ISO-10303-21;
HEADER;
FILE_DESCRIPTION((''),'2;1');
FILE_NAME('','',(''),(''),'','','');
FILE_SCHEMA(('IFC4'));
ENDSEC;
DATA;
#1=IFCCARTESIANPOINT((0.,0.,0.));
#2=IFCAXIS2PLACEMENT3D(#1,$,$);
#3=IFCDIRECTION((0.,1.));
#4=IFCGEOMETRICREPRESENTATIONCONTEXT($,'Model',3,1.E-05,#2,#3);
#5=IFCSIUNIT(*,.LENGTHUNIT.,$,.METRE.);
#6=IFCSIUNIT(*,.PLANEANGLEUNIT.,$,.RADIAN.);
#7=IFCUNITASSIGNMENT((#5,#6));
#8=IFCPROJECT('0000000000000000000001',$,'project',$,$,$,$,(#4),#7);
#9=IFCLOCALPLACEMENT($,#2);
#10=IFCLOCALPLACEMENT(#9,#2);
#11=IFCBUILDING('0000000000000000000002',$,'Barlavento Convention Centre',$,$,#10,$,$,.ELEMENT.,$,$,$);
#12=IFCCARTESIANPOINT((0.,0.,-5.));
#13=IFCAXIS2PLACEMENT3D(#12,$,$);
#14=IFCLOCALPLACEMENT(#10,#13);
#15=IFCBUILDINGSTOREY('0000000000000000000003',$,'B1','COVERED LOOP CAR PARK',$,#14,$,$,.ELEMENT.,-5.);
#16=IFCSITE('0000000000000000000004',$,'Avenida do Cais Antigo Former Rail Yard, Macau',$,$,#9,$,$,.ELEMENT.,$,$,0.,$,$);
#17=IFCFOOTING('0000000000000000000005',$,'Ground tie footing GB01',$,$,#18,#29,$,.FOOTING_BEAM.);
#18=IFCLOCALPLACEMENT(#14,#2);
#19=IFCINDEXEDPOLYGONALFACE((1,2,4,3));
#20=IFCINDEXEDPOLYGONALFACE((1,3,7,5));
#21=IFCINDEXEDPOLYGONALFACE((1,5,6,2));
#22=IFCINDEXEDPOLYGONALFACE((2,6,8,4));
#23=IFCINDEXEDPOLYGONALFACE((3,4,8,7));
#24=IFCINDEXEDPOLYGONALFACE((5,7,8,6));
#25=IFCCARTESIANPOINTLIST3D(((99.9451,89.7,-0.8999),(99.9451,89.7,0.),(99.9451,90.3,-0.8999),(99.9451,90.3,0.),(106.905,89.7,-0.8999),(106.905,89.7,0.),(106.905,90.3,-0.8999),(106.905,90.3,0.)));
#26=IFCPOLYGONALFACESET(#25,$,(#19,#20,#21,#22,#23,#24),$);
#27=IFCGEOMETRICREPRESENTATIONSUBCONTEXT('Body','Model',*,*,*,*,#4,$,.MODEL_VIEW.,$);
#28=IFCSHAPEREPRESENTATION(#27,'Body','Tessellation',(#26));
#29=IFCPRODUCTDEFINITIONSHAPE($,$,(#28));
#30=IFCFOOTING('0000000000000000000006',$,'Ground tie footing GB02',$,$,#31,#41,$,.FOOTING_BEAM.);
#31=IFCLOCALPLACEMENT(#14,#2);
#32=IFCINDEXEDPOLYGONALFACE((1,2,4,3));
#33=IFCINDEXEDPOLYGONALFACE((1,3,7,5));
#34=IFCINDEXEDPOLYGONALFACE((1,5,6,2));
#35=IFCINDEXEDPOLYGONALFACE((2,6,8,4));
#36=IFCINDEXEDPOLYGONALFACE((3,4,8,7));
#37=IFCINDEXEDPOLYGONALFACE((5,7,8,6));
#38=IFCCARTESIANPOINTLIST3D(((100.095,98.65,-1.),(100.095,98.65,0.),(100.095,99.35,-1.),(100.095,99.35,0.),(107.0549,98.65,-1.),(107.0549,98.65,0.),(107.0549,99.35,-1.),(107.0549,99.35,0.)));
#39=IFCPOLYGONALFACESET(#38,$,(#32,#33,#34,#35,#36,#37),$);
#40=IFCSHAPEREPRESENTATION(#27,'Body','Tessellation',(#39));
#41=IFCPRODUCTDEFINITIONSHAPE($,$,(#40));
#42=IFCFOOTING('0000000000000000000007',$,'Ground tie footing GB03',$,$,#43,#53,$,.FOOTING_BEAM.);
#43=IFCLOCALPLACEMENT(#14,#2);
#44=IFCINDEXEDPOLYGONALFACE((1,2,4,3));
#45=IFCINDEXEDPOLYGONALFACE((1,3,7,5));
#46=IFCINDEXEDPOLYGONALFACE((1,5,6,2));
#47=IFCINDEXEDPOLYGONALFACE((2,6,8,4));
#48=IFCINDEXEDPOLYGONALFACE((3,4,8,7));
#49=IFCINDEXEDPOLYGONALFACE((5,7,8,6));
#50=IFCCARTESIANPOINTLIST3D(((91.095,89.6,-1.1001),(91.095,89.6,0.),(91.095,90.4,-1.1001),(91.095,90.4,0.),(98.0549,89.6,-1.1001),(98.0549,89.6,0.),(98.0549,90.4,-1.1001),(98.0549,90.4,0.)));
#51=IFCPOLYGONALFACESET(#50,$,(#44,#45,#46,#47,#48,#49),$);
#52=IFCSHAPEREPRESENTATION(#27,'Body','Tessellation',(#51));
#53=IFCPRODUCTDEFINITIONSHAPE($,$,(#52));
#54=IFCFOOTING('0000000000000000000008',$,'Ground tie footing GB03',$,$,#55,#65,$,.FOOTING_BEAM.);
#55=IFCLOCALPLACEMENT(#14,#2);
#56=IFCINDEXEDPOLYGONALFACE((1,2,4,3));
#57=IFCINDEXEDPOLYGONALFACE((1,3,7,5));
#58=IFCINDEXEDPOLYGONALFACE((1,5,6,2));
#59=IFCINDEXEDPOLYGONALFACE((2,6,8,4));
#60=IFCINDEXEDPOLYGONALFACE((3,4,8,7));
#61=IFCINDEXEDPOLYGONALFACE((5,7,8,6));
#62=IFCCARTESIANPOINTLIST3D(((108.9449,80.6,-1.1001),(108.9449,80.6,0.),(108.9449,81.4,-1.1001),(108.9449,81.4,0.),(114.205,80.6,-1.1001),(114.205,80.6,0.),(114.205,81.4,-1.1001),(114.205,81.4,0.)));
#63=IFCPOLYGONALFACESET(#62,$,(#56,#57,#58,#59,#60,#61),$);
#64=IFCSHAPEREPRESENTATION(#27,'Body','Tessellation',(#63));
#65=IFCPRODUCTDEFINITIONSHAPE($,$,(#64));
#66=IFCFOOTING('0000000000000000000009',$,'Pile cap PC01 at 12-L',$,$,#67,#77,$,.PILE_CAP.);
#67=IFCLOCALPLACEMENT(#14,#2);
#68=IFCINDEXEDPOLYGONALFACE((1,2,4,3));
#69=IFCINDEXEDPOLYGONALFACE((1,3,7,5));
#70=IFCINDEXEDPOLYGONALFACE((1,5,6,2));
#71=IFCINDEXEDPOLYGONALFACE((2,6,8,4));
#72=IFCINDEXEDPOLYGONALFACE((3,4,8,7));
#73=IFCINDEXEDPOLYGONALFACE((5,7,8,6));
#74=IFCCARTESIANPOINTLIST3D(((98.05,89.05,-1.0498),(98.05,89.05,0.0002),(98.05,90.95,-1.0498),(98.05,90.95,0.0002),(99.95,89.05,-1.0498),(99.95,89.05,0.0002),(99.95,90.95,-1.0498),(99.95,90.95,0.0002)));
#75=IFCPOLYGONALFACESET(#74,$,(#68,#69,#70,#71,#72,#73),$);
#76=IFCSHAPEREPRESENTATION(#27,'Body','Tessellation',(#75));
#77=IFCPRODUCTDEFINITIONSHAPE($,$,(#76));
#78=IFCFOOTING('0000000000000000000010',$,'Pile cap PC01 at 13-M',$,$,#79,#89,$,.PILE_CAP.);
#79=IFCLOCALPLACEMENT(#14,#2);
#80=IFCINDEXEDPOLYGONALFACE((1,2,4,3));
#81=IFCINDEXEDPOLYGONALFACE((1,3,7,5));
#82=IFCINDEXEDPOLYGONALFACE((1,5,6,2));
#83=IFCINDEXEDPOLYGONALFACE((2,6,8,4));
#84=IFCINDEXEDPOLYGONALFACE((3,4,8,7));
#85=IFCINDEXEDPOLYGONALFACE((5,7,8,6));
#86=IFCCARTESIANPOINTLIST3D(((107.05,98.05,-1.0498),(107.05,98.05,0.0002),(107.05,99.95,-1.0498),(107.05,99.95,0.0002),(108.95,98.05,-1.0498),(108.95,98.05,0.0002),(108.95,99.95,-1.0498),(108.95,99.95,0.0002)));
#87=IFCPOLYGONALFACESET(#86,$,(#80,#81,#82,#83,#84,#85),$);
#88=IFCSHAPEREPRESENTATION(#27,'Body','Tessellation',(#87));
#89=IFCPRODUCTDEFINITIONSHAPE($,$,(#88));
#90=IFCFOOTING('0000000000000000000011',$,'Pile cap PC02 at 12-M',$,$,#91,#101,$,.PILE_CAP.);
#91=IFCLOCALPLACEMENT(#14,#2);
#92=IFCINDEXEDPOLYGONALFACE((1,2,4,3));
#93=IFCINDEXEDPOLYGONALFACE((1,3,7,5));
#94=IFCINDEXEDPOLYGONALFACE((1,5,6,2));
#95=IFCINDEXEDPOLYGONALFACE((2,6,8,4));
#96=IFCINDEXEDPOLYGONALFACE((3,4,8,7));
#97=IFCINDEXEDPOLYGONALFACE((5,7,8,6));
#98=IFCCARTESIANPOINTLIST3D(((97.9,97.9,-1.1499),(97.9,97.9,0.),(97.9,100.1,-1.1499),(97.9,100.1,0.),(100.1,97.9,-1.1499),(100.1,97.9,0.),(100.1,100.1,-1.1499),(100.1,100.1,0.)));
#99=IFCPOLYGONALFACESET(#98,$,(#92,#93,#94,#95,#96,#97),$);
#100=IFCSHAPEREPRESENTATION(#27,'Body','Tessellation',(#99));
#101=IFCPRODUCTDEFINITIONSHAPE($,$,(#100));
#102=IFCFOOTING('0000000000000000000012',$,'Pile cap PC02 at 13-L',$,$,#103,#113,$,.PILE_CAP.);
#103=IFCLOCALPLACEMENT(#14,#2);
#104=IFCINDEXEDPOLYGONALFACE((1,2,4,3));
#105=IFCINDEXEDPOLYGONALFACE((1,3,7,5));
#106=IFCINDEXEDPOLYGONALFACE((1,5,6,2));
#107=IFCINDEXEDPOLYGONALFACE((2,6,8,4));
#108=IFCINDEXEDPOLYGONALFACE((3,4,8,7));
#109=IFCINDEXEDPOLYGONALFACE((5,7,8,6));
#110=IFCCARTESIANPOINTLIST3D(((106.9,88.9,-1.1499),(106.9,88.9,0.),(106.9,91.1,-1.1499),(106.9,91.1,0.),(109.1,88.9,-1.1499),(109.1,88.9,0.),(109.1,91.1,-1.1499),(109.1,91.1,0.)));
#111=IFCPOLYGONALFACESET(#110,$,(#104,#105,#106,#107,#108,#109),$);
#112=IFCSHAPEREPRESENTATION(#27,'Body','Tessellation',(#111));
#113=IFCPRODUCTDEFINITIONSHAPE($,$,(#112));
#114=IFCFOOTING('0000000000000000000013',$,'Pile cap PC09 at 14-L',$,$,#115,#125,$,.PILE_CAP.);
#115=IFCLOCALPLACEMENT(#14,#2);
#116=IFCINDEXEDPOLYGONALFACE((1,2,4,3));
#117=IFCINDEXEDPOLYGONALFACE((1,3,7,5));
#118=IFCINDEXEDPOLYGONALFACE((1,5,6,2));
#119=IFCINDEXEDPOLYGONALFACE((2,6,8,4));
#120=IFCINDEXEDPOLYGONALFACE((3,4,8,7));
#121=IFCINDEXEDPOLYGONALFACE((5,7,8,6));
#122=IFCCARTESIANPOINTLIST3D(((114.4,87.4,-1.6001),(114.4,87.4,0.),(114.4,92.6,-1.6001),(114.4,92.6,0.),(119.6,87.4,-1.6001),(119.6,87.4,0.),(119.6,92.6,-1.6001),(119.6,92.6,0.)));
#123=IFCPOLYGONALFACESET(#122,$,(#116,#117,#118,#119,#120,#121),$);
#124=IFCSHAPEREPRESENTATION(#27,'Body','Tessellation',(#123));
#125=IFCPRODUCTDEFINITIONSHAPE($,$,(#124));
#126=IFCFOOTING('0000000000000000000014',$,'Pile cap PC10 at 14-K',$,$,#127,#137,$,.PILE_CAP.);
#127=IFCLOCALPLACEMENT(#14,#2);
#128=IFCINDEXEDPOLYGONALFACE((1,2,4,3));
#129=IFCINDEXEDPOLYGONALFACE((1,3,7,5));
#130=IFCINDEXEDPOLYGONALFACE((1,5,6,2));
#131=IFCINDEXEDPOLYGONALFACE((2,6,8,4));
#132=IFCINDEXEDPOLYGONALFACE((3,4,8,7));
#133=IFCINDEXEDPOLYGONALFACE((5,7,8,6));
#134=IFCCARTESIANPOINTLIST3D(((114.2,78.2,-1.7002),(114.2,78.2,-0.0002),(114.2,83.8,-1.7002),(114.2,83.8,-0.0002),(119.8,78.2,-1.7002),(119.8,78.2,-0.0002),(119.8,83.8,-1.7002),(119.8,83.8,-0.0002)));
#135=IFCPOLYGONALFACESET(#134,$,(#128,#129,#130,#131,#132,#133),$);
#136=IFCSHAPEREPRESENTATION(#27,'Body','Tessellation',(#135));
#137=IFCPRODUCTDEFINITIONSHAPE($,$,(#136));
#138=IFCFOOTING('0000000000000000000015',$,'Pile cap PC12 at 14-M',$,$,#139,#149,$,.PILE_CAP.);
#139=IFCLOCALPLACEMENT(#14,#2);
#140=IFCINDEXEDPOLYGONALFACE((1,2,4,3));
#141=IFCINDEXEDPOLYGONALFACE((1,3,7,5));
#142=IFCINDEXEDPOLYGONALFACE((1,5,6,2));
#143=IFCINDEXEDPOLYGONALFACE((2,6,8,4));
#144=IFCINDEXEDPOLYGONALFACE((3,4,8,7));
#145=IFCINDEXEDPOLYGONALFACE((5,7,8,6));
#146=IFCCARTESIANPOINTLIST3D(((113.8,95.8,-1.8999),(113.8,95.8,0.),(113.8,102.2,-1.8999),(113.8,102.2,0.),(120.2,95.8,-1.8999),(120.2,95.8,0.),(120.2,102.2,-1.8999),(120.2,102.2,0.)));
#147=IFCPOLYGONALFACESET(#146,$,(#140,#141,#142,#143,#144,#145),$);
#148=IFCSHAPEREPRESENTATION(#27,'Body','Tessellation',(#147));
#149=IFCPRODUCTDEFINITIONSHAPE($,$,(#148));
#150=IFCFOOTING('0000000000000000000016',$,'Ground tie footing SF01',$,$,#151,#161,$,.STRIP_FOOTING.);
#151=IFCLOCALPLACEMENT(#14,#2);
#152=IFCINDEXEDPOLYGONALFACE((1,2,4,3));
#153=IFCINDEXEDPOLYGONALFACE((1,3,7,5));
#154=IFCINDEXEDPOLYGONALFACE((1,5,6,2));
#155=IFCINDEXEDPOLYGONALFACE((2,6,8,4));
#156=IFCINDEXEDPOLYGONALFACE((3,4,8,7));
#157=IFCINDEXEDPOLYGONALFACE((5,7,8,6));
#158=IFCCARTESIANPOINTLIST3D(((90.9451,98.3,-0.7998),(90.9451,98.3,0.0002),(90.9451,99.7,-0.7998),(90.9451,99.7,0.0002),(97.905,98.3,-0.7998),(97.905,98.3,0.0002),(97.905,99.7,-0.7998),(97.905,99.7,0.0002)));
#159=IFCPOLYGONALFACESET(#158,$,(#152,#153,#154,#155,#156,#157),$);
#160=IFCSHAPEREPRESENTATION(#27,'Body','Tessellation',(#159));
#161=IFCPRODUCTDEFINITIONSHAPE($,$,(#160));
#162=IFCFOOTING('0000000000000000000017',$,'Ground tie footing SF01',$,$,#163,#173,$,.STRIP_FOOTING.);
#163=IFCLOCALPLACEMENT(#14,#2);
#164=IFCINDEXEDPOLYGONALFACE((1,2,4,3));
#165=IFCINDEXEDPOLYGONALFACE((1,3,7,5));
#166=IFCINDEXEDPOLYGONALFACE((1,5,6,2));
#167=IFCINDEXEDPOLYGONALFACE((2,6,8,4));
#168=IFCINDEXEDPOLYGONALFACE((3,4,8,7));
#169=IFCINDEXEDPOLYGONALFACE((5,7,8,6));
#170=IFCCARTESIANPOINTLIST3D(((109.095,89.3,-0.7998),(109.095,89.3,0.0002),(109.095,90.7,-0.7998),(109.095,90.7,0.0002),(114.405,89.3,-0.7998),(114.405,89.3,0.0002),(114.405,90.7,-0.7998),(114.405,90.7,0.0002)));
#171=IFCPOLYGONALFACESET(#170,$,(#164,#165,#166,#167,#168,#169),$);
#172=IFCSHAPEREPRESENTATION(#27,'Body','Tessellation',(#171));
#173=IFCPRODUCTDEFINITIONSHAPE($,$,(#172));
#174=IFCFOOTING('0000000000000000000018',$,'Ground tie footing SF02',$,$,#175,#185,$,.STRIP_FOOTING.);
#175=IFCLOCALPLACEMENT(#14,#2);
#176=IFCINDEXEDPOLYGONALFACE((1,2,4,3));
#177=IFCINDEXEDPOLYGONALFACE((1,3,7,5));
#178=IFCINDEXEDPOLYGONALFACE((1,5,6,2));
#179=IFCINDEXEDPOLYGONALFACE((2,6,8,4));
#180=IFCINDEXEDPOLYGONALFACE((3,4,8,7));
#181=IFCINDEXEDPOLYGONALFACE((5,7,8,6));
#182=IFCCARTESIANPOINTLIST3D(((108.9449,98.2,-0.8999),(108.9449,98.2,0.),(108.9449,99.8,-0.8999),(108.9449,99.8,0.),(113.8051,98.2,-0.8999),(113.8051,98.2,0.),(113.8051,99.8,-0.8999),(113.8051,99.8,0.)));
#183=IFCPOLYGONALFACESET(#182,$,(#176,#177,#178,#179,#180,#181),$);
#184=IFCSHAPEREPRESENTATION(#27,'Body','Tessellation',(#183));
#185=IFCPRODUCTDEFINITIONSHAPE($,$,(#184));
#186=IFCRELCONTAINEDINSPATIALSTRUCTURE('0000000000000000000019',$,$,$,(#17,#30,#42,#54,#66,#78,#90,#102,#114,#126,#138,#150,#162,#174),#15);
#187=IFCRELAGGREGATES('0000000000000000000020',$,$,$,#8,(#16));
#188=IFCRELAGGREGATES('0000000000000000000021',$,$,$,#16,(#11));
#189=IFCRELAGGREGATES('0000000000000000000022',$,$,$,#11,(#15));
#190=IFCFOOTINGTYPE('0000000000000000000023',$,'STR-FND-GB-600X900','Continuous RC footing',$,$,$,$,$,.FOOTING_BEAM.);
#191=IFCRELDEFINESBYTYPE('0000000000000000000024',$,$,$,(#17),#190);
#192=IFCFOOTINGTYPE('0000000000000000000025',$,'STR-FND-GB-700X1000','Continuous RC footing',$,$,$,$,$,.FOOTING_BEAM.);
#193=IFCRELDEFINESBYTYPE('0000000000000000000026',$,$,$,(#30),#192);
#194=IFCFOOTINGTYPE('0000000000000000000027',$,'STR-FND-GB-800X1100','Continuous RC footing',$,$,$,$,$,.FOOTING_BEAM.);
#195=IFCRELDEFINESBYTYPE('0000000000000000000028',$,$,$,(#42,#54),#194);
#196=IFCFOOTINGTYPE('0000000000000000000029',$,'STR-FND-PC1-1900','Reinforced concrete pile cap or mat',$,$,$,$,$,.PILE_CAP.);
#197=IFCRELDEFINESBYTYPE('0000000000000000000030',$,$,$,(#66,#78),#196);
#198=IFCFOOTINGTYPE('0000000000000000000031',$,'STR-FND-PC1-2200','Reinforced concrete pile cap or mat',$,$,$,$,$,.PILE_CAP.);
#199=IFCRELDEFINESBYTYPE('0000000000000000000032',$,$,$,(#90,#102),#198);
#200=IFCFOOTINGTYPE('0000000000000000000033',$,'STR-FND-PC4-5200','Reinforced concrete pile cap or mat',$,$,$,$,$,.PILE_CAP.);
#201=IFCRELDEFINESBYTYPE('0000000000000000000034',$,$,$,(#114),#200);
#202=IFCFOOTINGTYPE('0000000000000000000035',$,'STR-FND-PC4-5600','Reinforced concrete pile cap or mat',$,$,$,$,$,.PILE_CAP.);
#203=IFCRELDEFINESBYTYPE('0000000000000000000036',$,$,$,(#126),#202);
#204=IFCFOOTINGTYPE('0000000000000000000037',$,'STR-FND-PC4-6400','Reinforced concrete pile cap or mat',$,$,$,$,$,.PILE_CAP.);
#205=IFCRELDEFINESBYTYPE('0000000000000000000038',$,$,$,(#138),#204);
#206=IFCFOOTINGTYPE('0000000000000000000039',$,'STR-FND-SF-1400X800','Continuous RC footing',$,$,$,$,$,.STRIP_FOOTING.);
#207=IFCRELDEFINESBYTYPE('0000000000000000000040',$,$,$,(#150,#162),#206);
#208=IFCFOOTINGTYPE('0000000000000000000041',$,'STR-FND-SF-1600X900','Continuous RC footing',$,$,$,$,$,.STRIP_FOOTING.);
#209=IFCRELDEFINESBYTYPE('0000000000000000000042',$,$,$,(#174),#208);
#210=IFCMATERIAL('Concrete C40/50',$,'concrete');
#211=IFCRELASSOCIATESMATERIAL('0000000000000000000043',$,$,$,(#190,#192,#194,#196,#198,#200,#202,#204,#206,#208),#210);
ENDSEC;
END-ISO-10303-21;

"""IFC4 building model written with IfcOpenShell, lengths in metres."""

from ifc_helpers import new_model, si_unit, direction, frame, origin, origin_2d, place, context, subcontext, project, spatial, rectangle, extrude, material, type_object, element, save


model = new_model("IFC4")

# Units and contexts
model_context = context("Model", 3, precision=1e-05, world=origin(), true_north=direction((0.0, 1.0)))
body_context = subcontext(model_context, "Body", "Model", "MODEL_VIEW")
ifc_project = project(units=[si_unit("LENGTHUNIT", "METRE"), si_unit("PLANEANGLEUNIT", "RADIAN")], contexts=[model_context])

# Site, building, storey
site_placement = place(None, origin())
site = spatial("IfcSite", under=ifc_project, at=site_placement, Name="Avenida do Cais Antigo Former Rail Yard, Macau", CompositionType="ELEMENT", RefElevation=0.0)
building_placement = place(site_placement, origin())
building = spatial("IfcBuilding", under=site, at=building_placement, Name="Barlavento Convention Centre", CompositionType="ELEMENT")
storey_placement = place(building_placement, frame((0.0, 0.0, -5.0)))
storey = spatial("IfcBuildingStorey", under=building, at=storey_placement, Name="B1", Description="COVERED LOOP CAR PARK", CompositionType="ELEMENT", Elevation=-5.0)

# Footings
ifc_material_1 = material(Name="Concrete C40/50", Category="concrete")
footing_type_1 = type_object("IfcFootingType", Name="STR-FND-GB-600X900", Description="Continuous RC footing", PredefinedType="FOOTING_BEAM", material=ifc_material_1)
footing_1_placement = place(storey_placement, frame((103.425, 90.0, -0.8999), z_axis=(0.0, 0.0, 1.0), x_axis=(1.0, 0.0, 0.0)))
element("IfcFooting", 1, at=footing_1_placement, inside=storey, type_object=footing_type_1, Name="Ground tie footing GB01", PredefinedType="FOOTING_BEAM", context=body_context, shape_type="SweptSolid", body=[
    extrude(rectangle(XDim=6.96, YDim=0.6001, at=origin_2d()), origin(), (0.0, 0.0, 1.0), 0.8999),
])
footing_type_2 = type_object("IfcFootingType", Name="STR-FND-GB-700X1000", Description="Continuous RC footing", PredefinedType="FOOTING_BEAM", material=ifc_material_1)
footing_2_placement = place(storey_placement, frame((103.575, 99.0, -1.0), z_axis=(0.0, 0.0, 1.0), x_axis=(1.0, 0.0, 0.0)))
element("IfcFooting", 2, at=footing_2_placement, inside=storey, type_object=footing_type_2, Name="Ground tie footing GB02", PredefinedType="FOOTING_BEAM", context=body_context, shape_type="SweptSolid", body=[
    extrude(rectangle(XDim=6.96, YDim=0.7, at=origin_2d()), origin(), (0.0, 0.0, 1.0), 1.0),
])
footing_type_3 = type_object("IfcFootingType", Name="STR-FND-GB-800X1100", Description="Continuous RC footing", PredefinedType="FOOTING_BEAM", material=ifc_material_1)
footing_3_placement = place(storey_placement, frame((94.575, 90.0, -1.1001), z_axis=(0.0, 0.0, 1.0), x_axis=(1.0, 0.0, 0.0)))
element("IfcFooting", 3, at=footing_3_placement, inside=storey, type_object=footing_type_3, Name="Ground tie footing GB03", PredefinedType="FOOTING_BEAM", context=body_context, shape_type="SweptSolid", body=[
    extrude(rectangle(XDim=6.96, YDim=0.8, at=origin_2d()), origin(), (0.0, 0.0, 1.0), 1.1001),
])
footing_4_placement = place(storey_placement, frame((111.575, 81.0, -1.1001), z_axis=(0.0, 0.0, 1.0), x_axis=(1.0, 0.0, 0.0)))
element("IfcFooting", 4, at=footing_4_placement, inside=storey, type_object=footing_type_3, Name="Ground tie footing GB03", PredefinedType="FOOTING_BEAM", context=body_context, shape_type="SweptSolid", body=[
    extrude(rectangle(XDim=5.26, YDim=0.8, at=origin_2d()), origin(), (0.0, 0.0, 1.0), 1.1001),
])
footing_type_4 = type_object("IfcFootingType", Name="STR-FND-PC1-1900", Description="Reinforced concrete pile cap or mat", PredefinedType="PILE_CAP", material=ifc_material_1)
for number, where, z_axis, x_axis, name in (
    (5, (99.0, 90.0, -1.0498), (0.0, 0.0, 1.0), (1.0, 0.0, 0.0), "Pile cap PC01 at 12-L"),
    (6, (108.0, 99.0, -1.0498), (0.0, 0.0, 1.0), (1.0, 0.0, 0.0), "Pile cap PC01 at 13-M"),
):
    element("IfcFooting", number, at=place(storey_placement, frame(where, z_axis=z_axis, x_axis=x_axis)), inside=storey, type_object=footing_type_4, Name=name, PredefinedType="PILE_CAP", context=body_context, shape_type="SweptSolid", body=[
        extrude(rectangle(XDim=1.8999, YDim=1.8999, at=origin_2d()), origin(), (0.0, 0.0, 1.0), 1.05),
    ])
footing_type_5 = type_object("IfcFootingType", Name="STR-FND-PC1-2200", Description="Reinforced concrete pile cap or mat", PredefinedType="PILE_CAP", material=ifc_material_1)
for number, where, z_axis, x_axis, name in (
    (7, (99.0, 99.0, -1.1499), (0.0, 0.0, 1.0), (1.0, 0.0, 0.0), "Pile cap PC02 at 12-M"),
    (8, (108.0, 90.0, -1.1499), (0.0, 0.0, 1.0), (1.0, 0.0, 0.0), "Pile cap PC02 at 13-L"),
):
    element("IfcFooting", number, at=place(storey_placement, frame(where, z_axis=z_axis, x_axis=x_axis)), inside=storey, type_object=footing_type_5, Name=name, PredefinedType="PILE_CAP", context=body_context, shape_type="SweptSolid", body=[
        extrude(rectangle(XDim=2.2, YDim=2.2, at=origin_2d()), origin(), (0.0, 0.0, 1.0), 1.1499),
    ])
footing_type_6 = type_object("IfcFootingType", Name="STR-FND-PC4-5200", Description="Reinforced concrete pile cap or mat", PredefinedType="PILE_CAP", material=ifc_material_1)
footing_5_placement = place(storey_placement, frame((117.0, 90.0, -1.6001), z_axis=(0.0, 0.0, 1.0), x_axis=(1.0, 0.0, 0.0)))
element("IfcFooting", 9, at=footing_5_placement, inside=storey, type_object=footing_type_6, Name="Pile cap PC09 at 14-L", PredefinedType="PILE_CAP", context=body_context, shape_type="SweptSolid", body=[
    extrude(rectangle(XDim=5.2, YDim=5.2, at=origin_2d()), origin(), (0.0, 0.0, 1.0), 1.6001),
])
footing_type_7 = type_object("IfcFootingType", Name="STR-FND-PC4-5600", Description="Reinforced concrete pile cap or mat", PredefinedType="PILE_CAP", material=ifc_material_1)
footing_6_placement = place(storey_placement, frame((117.0, 81.0, -1.7002), z_axis=(0.0, 0.0, 1.0), x_axis=(1.0, 0.0, 0.0)))
element("IfcFooting", 10, at=footing_6_placement, inside=storey, type_object=footing_type_7, Name="Pile cap PC10 at 14-K", PredefinedType="PILE_CAP", context=body_context, shape_type="SweptSolid", body=[
    extrude(rectangle(XDim=5.6001, YDim=5.6001, at=origin_2d()), origin(), (0.0, 0.0, 1.0), 1.7),
])
footing_type_8 = type_object("IfcFootingType", Name="STR-FND-PC4-6400", Description="Reinforced concrete pile cap or mat", PredefinedType="PILE_CAP", material=ifc_material_1)
footing_7_placement = place(storey_placement, frame((117.0, 99.0, -1.8999), z_axis=(0.0, 0.0, 1.0), x_axis=(1.0, 0.0, 0.0)))
element("IfcFooting", 11, at=footing_7_placement, inside=storey, type_object=footing_type_8, Name="Pile cap PC12 at 14-M", PredefinedType="PILE_CAP", context=body_context, shape_type="SweptSolid", body=[
    extrude(rectangle(XDim=6.3999, YDim=6.3999, at=origin_2d()), origin(), (0.0, 0.0, 1.0), 1.8999),
])
footing_type_9 = type_object("IfcFootingType", Name="STR-FND-SF-1400X800", Description="Continuous RC footing", PredefinedType="STRIP_FOOTING", material=ifc_material_1)
footing_8_placement = place(storey_placement, frame((94.425, 99.0, -0.7998), z_axis=(0.0, 0.0, 1.0), x_axis=(1.0, 0.0, 0.0)))
element("IfcFooting", 12, at=footing_8_placement, inside=storey, type_object=footing_type_9, Name="Ground tie footing SF01", PredefinedType="STRIP_FOOTING", context=body_context, shape_type="SweptSolid", body=[
    extrude(rectangle(XDim=6.96, YDim=1.3999, at=origin_2d()), origin(), (0.0, 0.0, 1.0), 0.8),
])
footing_9_placement = place(storey_placement, frame((111.75, 90.0, -0.7998), z_axis=(0.0, 0.0, 1.0), x_axis=(1.0, 0.0, 0.0)))
element("IfcFooting", 13, at=footing_9_placement, inside=storey, type_object=footing_type_9, Name="Ground tie footing SF01", PredefinedType="STRIP_FOOTING", context=body_context, shape_type="SweptSolid", body=[
    extrude(rectangle(XDim=5.3101, YDim=1.3999, at=origin_2d()), origin(), (0.0, 0.0, 1.0), 0.8),
])
footing_type_10 = type_object("IfcFootingType", Name="STR-FND-SF-1600X900", Description="Continuous RC footing", PredefinedType="STRIP_FOOTING", material=ifc_material_1)
footing_10_placement = place(storey_placement, frame((111.375, 99.0, -0.8999), z_axis=(0.0, 0.0, 1.0), x_axis=(1.0, 0.0, 0.0)))
element("IfcFooting", 14, at=footing_10_placement, inside=storey, type_object=footing_type_10, Name="Ground tie footing SF02", PredefinedType="STRIP_FOOTING", context=body_context, shape_type="SweptSolid", body=[
    extrude(rectangle(XDim=4.8601, YDim=1.6001, at=origin_2d()), origin(), (0.0, 0.0, 1.0), 0.8999),
])

save(model, "model.ifc")
